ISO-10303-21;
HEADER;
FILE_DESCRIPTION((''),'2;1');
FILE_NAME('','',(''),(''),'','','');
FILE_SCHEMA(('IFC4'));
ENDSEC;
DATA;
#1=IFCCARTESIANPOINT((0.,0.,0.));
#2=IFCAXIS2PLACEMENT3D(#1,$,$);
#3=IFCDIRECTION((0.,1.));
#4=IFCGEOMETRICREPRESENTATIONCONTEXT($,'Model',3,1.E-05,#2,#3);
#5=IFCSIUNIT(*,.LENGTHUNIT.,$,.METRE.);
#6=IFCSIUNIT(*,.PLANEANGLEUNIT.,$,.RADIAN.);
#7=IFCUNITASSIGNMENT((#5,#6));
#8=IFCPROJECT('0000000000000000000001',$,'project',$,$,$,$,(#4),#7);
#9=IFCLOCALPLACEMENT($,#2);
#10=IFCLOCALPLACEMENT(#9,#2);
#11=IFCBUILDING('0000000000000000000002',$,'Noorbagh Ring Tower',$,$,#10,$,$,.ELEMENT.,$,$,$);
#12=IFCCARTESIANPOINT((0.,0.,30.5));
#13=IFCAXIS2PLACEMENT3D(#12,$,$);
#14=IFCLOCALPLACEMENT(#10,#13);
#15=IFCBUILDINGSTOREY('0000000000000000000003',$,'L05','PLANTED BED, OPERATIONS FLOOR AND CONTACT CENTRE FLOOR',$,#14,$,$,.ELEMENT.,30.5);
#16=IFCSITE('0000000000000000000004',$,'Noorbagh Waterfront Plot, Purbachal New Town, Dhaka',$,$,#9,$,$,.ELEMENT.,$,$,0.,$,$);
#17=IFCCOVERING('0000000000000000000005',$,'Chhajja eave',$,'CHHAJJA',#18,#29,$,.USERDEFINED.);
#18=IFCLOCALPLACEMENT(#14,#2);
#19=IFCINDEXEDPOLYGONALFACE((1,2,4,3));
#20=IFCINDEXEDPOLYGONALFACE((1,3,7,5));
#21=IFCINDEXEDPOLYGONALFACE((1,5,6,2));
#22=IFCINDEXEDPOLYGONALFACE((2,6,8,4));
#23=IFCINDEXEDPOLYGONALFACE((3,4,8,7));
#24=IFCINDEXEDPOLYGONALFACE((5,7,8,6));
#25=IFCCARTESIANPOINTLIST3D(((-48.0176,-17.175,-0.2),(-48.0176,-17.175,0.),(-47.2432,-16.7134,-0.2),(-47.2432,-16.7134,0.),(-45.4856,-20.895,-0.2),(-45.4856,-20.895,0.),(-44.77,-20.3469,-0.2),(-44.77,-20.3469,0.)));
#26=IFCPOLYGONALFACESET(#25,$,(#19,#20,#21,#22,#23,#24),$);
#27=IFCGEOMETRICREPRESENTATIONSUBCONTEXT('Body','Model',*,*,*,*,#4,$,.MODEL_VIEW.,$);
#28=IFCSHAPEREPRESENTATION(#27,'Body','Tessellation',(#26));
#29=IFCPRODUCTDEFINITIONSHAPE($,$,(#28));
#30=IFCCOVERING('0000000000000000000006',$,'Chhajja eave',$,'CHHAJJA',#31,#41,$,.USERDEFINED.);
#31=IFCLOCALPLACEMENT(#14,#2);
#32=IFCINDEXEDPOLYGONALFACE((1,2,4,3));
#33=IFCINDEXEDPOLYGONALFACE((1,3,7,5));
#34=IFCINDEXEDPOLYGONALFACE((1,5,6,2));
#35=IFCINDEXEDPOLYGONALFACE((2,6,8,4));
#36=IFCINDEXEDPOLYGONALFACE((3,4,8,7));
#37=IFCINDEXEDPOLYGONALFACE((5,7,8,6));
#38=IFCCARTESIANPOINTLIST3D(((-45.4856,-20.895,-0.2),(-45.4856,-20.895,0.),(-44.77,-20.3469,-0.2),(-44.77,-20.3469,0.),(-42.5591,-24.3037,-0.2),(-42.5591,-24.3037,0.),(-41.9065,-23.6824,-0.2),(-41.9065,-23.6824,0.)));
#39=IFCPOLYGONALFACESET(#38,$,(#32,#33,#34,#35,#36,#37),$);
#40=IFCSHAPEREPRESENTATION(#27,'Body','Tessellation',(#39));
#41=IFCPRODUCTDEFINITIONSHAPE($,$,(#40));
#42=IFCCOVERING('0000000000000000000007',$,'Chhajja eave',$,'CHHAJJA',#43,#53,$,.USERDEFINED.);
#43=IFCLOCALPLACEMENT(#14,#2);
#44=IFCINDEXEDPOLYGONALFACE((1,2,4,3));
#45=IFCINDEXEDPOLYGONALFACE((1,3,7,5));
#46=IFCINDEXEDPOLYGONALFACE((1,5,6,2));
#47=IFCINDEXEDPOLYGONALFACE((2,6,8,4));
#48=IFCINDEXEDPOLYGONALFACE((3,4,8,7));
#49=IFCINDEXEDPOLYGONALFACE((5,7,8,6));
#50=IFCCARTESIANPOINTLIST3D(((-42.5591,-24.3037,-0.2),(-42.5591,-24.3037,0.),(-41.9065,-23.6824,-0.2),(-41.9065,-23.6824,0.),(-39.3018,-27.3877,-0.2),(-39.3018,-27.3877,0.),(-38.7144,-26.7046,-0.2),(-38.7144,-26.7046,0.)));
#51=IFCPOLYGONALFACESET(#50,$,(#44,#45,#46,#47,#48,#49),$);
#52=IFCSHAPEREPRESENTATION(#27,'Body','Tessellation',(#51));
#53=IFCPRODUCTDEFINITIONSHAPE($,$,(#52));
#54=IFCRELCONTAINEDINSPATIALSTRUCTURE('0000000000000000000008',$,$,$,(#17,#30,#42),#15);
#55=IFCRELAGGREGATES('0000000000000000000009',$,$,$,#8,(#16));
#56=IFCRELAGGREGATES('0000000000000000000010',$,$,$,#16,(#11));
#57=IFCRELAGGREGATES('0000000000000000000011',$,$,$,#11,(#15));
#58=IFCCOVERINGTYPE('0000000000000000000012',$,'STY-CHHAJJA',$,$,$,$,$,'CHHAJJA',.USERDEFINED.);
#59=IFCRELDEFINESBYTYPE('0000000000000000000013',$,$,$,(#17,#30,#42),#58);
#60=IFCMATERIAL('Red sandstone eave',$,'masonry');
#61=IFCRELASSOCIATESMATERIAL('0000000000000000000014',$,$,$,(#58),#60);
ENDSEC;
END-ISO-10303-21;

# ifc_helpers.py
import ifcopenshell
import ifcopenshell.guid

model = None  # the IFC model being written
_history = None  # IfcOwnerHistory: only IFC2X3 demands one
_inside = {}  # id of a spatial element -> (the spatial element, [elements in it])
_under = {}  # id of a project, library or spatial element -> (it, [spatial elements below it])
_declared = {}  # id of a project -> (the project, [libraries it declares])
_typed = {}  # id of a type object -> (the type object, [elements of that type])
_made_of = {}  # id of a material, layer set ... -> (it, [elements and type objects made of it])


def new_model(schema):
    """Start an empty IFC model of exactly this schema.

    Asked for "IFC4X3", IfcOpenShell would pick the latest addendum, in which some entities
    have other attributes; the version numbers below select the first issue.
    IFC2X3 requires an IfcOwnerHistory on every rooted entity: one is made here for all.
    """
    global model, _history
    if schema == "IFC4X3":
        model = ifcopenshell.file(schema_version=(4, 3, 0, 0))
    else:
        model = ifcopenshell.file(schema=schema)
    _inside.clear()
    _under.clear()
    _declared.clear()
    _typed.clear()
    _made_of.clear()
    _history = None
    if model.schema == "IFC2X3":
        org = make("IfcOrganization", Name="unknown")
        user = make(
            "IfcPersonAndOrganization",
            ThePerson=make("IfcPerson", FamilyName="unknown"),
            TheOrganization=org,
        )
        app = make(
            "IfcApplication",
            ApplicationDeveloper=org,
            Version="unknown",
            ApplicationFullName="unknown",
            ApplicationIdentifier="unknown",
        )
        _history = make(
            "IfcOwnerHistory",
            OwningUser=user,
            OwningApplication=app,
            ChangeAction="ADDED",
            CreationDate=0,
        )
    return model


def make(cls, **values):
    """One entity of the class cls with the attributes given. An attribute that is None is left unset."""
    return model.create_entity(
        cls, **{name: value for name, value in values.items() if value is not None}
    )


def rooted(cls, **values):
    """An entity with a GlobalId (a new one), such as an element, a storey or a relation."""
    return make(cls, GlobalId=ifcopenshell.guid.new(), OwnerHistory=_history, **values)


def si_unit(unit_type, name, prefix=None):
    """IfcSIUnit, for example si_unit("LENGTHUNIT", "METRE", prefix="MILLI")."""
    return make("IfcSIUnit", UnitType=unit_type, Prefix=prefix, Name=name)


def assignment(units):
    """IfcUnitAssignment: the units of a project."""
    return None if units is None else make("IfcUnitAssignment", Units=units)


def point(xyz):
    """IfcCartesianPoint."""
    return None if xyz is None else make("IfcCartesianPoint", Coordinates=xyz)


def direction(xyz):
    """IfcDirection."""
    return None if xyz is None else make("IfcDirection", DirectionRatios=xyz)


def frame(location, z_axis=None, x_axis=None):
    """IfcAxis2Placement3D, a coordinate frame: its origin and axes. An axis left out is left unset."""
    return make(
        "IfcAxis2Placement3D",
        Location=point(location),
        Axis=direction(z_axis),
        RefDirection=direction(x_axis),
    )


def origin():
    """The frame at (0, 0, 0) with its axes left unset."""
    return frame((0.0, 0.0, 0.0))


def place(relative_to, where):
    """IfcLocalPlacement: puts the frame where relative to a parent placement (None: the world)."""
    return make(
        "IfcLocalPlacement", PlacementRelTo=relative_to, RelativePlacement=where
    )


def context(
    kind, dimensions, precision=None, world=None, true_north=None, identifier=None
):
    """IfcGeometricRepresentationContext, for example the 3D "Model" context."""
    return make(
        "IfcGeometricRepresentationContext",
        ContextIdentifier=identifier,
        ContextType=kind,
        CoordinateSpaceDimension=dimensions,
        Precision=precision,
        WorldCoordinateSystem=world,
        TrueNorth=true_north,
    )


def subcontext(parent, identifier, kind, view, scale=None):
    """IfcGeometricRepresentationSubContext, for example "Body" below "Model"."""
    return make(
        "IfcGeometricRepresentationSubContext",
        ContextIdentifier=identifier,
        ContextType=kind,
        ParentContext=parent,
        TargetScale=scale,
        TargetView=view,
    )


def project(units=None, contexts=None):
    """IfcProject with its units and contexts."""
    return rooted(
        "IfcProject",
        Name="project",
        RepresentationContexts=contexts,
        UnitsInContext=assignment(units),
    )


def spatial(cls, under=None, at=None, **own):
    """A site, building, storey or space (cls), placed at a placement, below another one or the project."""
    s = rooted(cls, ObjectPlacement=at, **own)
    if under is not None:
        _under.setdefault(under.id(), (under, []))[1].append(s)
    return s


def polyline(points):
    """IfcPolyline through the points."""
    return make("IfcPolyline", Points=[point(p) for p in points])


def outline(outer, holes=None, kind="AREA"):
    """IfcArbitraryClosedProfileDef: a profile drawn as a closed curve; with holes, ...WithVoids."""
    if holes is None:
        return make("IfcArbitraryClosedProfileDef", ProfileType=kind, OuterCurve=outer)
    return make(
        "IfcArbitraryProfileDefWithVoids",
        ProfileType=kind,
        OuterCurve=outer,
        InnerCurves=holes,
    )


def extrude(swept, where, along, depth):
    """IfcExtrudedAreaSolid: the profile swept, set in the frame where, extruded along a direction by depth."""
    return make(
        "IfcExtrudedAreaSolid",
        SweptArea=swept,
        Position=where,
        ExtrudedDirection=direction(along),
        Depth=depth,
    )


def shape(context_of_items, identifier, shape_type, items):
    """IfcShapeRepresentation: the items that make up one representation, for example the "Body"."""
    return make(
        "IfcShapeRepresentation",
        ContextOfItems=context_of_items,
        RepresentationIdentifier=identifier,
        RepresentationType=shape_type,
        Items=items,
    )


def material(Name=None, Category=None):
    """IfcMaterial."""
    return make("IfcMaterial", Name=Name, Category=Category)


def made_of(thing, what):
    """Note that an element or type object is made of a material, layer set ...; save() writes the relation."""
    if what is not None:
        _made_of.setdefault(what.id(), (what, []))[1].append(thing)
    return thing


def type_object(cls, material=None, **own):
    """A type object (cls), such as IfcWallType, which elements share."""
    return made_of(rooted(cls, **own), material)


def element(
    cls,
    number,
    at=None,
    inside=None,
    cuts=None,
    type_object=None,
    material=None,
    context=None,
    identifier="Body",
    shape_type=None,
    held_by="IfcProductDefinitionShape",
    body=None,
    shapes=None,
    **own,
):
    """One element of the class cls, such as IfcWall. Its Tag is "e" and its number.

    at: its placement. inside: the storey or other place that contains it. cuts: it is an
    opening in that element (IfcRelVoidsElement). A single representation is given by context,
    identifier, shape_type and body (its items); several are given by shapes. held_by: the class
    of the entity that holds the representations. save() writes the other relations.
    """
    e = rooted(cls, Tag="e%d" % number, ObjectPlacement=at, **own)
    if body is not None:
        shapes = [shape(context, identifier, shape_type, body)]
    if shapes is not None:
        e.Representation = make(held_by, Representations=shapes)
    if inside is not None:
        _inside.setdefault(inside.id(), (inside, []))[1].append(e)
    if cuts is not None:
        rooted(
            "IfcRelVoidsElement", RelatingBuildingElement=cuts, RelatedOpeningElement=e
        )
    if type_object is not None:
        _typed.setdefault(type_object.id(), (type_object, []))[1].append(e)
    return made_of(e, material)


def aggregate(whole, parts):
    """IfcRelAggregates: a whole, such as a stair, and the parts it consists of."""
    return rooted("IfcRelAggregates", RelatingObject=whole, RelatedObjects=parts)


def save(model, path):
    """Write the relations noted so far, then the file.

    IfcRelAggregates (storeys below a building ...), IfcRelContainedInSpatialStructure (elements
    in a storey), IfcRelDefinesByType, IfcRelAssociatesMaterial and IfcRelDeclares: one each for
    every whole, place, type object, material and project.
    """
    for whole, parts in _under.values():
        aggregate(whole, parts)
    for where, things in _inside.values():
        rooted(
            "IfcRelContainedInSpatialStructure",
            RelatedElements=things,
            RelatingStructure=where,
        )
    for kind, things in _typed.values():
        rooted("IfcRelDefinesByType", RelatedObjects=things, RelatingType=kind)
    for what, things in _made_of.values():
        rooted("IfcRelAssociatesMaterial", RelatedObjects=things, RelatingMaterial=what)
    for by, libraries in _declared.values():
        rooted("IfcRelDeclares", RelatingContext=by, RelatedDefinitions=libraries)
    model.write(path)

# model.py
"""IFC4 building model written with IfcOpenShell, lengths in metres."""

from ifc_helpers import new_model, si_unit, direction, frame, origin, place, context, subcontext, project, spatial, polyline, outline, extrude, material, type_object, element, save


model = new_model("IFC4")

# Units and contexts
model_context = context("Model", 3, precision=1e-05, world=origin(), true_north=direction((0.0, 1.0)))
body_context = subcontext(model_context, "Body", "Model", "MODEL_VIEW")
ifc_project = project(units=[si_unit("LENGTHUNIT", "METRE"), si_unit("PLANEANGLEUNIT", "RADIAN")], contexts=[model_context])

# Site, building, storey
site_placement = place(None, origin())
building_placement = place(site_placement, origin())
storey_placement = place(building_placement, frame((0.0, 0.0, 30.5)))
site = spatial("IfcSite", under=ifc_project, at=site_placement, Name="Noorbagh Waterfront Plot, Purbachal New Town, Dhaka", CompositionType="ELEMENT", RefElevation=0.0)
building = spatial("IfcBuilding", under=site, at=building_placement, Name="Noorbagh Ring Tower", CompositionType="ELEMENT")
storey = spatial("IfcBuildingStorey", under=building, at=storey_placement, Name="L05", Description="PLANTED BED, OPERATIONS FLOOR AND CONTACT CENTRE FLOOR", CompositionType="ELEMENT", Elevation=30.5)

# Coverings
ifc_material_1 = material(Name="Red sandstone eave", Category="masonry")
covering_type = type_object("IfcCoveringType", Name="STY-CHHAJJA", ElementType="CHHAJJA", PredefinedType="USERDEFINED", material=ifc_material_1)
covering_1_placement = place(storey_placement, frame((0.0, 0.0, -0.2)))
element("IfcCovering", 1, at=covering_1_placement, inside=storey, type_object=covering_type, Name="Chhajja eave", ObjectType="CHHAJJA", PredefinedType="USERDEFINED", context=body_context, shape_type="SweptSolid", body=[
    extrude(outline(polyline([(-47.2432, -16.7134), (-44.77, -20.3469), (-45.4856, -20.895), (-48.0176, -17.175), (-47.2432, -16.7134)])), origin(), (0.0, 0.0, 1.0), 0.2),
])
covering_2_placement = place(storey_placement, frame((0.0, 0.0, -0.2)))
element("IfcCovering", 2, at=covering_2_placement, inside=storey, type_object=covering_type, Name="Chhajja eave", ObjectType="CHHAJJA", PredefinedType="USERDEFINED", context=body_context, shape_type="SweptSolid", body=[
    extrude(outline(polyline([(-44.77, -20.3469), (-41.9065, -23.6824), (-42.5591, -24.3037), (-45.4856, -20.895), (-44.77, -20.3469)])), origin(), (0.0, 0.0, 1.0), 0.2),
])
covering_3_placement = place(storey_placement, frame((0.0, 0.0, -0.2)))
element("IfcCovering", 3, at=covering_3_placement, inside=storey, type_object=covering_type, Name="Chhajja eave", ObjectType="CHHAJJA", PredefinedType="USERDEFINED", context=body_context, shape_type="SweptSolid", body=[
    extrude(outline(polyline([(-41.9065, -23.6824), (-38.7144, -26.7046), (-39.3018, -27.3877), (-42.5591, -24.3037), (-41.9065, -23.6824)])), origin(), (0.0, 0.0, 1.0), 0.2),
])

save(model, "model.ifc")
